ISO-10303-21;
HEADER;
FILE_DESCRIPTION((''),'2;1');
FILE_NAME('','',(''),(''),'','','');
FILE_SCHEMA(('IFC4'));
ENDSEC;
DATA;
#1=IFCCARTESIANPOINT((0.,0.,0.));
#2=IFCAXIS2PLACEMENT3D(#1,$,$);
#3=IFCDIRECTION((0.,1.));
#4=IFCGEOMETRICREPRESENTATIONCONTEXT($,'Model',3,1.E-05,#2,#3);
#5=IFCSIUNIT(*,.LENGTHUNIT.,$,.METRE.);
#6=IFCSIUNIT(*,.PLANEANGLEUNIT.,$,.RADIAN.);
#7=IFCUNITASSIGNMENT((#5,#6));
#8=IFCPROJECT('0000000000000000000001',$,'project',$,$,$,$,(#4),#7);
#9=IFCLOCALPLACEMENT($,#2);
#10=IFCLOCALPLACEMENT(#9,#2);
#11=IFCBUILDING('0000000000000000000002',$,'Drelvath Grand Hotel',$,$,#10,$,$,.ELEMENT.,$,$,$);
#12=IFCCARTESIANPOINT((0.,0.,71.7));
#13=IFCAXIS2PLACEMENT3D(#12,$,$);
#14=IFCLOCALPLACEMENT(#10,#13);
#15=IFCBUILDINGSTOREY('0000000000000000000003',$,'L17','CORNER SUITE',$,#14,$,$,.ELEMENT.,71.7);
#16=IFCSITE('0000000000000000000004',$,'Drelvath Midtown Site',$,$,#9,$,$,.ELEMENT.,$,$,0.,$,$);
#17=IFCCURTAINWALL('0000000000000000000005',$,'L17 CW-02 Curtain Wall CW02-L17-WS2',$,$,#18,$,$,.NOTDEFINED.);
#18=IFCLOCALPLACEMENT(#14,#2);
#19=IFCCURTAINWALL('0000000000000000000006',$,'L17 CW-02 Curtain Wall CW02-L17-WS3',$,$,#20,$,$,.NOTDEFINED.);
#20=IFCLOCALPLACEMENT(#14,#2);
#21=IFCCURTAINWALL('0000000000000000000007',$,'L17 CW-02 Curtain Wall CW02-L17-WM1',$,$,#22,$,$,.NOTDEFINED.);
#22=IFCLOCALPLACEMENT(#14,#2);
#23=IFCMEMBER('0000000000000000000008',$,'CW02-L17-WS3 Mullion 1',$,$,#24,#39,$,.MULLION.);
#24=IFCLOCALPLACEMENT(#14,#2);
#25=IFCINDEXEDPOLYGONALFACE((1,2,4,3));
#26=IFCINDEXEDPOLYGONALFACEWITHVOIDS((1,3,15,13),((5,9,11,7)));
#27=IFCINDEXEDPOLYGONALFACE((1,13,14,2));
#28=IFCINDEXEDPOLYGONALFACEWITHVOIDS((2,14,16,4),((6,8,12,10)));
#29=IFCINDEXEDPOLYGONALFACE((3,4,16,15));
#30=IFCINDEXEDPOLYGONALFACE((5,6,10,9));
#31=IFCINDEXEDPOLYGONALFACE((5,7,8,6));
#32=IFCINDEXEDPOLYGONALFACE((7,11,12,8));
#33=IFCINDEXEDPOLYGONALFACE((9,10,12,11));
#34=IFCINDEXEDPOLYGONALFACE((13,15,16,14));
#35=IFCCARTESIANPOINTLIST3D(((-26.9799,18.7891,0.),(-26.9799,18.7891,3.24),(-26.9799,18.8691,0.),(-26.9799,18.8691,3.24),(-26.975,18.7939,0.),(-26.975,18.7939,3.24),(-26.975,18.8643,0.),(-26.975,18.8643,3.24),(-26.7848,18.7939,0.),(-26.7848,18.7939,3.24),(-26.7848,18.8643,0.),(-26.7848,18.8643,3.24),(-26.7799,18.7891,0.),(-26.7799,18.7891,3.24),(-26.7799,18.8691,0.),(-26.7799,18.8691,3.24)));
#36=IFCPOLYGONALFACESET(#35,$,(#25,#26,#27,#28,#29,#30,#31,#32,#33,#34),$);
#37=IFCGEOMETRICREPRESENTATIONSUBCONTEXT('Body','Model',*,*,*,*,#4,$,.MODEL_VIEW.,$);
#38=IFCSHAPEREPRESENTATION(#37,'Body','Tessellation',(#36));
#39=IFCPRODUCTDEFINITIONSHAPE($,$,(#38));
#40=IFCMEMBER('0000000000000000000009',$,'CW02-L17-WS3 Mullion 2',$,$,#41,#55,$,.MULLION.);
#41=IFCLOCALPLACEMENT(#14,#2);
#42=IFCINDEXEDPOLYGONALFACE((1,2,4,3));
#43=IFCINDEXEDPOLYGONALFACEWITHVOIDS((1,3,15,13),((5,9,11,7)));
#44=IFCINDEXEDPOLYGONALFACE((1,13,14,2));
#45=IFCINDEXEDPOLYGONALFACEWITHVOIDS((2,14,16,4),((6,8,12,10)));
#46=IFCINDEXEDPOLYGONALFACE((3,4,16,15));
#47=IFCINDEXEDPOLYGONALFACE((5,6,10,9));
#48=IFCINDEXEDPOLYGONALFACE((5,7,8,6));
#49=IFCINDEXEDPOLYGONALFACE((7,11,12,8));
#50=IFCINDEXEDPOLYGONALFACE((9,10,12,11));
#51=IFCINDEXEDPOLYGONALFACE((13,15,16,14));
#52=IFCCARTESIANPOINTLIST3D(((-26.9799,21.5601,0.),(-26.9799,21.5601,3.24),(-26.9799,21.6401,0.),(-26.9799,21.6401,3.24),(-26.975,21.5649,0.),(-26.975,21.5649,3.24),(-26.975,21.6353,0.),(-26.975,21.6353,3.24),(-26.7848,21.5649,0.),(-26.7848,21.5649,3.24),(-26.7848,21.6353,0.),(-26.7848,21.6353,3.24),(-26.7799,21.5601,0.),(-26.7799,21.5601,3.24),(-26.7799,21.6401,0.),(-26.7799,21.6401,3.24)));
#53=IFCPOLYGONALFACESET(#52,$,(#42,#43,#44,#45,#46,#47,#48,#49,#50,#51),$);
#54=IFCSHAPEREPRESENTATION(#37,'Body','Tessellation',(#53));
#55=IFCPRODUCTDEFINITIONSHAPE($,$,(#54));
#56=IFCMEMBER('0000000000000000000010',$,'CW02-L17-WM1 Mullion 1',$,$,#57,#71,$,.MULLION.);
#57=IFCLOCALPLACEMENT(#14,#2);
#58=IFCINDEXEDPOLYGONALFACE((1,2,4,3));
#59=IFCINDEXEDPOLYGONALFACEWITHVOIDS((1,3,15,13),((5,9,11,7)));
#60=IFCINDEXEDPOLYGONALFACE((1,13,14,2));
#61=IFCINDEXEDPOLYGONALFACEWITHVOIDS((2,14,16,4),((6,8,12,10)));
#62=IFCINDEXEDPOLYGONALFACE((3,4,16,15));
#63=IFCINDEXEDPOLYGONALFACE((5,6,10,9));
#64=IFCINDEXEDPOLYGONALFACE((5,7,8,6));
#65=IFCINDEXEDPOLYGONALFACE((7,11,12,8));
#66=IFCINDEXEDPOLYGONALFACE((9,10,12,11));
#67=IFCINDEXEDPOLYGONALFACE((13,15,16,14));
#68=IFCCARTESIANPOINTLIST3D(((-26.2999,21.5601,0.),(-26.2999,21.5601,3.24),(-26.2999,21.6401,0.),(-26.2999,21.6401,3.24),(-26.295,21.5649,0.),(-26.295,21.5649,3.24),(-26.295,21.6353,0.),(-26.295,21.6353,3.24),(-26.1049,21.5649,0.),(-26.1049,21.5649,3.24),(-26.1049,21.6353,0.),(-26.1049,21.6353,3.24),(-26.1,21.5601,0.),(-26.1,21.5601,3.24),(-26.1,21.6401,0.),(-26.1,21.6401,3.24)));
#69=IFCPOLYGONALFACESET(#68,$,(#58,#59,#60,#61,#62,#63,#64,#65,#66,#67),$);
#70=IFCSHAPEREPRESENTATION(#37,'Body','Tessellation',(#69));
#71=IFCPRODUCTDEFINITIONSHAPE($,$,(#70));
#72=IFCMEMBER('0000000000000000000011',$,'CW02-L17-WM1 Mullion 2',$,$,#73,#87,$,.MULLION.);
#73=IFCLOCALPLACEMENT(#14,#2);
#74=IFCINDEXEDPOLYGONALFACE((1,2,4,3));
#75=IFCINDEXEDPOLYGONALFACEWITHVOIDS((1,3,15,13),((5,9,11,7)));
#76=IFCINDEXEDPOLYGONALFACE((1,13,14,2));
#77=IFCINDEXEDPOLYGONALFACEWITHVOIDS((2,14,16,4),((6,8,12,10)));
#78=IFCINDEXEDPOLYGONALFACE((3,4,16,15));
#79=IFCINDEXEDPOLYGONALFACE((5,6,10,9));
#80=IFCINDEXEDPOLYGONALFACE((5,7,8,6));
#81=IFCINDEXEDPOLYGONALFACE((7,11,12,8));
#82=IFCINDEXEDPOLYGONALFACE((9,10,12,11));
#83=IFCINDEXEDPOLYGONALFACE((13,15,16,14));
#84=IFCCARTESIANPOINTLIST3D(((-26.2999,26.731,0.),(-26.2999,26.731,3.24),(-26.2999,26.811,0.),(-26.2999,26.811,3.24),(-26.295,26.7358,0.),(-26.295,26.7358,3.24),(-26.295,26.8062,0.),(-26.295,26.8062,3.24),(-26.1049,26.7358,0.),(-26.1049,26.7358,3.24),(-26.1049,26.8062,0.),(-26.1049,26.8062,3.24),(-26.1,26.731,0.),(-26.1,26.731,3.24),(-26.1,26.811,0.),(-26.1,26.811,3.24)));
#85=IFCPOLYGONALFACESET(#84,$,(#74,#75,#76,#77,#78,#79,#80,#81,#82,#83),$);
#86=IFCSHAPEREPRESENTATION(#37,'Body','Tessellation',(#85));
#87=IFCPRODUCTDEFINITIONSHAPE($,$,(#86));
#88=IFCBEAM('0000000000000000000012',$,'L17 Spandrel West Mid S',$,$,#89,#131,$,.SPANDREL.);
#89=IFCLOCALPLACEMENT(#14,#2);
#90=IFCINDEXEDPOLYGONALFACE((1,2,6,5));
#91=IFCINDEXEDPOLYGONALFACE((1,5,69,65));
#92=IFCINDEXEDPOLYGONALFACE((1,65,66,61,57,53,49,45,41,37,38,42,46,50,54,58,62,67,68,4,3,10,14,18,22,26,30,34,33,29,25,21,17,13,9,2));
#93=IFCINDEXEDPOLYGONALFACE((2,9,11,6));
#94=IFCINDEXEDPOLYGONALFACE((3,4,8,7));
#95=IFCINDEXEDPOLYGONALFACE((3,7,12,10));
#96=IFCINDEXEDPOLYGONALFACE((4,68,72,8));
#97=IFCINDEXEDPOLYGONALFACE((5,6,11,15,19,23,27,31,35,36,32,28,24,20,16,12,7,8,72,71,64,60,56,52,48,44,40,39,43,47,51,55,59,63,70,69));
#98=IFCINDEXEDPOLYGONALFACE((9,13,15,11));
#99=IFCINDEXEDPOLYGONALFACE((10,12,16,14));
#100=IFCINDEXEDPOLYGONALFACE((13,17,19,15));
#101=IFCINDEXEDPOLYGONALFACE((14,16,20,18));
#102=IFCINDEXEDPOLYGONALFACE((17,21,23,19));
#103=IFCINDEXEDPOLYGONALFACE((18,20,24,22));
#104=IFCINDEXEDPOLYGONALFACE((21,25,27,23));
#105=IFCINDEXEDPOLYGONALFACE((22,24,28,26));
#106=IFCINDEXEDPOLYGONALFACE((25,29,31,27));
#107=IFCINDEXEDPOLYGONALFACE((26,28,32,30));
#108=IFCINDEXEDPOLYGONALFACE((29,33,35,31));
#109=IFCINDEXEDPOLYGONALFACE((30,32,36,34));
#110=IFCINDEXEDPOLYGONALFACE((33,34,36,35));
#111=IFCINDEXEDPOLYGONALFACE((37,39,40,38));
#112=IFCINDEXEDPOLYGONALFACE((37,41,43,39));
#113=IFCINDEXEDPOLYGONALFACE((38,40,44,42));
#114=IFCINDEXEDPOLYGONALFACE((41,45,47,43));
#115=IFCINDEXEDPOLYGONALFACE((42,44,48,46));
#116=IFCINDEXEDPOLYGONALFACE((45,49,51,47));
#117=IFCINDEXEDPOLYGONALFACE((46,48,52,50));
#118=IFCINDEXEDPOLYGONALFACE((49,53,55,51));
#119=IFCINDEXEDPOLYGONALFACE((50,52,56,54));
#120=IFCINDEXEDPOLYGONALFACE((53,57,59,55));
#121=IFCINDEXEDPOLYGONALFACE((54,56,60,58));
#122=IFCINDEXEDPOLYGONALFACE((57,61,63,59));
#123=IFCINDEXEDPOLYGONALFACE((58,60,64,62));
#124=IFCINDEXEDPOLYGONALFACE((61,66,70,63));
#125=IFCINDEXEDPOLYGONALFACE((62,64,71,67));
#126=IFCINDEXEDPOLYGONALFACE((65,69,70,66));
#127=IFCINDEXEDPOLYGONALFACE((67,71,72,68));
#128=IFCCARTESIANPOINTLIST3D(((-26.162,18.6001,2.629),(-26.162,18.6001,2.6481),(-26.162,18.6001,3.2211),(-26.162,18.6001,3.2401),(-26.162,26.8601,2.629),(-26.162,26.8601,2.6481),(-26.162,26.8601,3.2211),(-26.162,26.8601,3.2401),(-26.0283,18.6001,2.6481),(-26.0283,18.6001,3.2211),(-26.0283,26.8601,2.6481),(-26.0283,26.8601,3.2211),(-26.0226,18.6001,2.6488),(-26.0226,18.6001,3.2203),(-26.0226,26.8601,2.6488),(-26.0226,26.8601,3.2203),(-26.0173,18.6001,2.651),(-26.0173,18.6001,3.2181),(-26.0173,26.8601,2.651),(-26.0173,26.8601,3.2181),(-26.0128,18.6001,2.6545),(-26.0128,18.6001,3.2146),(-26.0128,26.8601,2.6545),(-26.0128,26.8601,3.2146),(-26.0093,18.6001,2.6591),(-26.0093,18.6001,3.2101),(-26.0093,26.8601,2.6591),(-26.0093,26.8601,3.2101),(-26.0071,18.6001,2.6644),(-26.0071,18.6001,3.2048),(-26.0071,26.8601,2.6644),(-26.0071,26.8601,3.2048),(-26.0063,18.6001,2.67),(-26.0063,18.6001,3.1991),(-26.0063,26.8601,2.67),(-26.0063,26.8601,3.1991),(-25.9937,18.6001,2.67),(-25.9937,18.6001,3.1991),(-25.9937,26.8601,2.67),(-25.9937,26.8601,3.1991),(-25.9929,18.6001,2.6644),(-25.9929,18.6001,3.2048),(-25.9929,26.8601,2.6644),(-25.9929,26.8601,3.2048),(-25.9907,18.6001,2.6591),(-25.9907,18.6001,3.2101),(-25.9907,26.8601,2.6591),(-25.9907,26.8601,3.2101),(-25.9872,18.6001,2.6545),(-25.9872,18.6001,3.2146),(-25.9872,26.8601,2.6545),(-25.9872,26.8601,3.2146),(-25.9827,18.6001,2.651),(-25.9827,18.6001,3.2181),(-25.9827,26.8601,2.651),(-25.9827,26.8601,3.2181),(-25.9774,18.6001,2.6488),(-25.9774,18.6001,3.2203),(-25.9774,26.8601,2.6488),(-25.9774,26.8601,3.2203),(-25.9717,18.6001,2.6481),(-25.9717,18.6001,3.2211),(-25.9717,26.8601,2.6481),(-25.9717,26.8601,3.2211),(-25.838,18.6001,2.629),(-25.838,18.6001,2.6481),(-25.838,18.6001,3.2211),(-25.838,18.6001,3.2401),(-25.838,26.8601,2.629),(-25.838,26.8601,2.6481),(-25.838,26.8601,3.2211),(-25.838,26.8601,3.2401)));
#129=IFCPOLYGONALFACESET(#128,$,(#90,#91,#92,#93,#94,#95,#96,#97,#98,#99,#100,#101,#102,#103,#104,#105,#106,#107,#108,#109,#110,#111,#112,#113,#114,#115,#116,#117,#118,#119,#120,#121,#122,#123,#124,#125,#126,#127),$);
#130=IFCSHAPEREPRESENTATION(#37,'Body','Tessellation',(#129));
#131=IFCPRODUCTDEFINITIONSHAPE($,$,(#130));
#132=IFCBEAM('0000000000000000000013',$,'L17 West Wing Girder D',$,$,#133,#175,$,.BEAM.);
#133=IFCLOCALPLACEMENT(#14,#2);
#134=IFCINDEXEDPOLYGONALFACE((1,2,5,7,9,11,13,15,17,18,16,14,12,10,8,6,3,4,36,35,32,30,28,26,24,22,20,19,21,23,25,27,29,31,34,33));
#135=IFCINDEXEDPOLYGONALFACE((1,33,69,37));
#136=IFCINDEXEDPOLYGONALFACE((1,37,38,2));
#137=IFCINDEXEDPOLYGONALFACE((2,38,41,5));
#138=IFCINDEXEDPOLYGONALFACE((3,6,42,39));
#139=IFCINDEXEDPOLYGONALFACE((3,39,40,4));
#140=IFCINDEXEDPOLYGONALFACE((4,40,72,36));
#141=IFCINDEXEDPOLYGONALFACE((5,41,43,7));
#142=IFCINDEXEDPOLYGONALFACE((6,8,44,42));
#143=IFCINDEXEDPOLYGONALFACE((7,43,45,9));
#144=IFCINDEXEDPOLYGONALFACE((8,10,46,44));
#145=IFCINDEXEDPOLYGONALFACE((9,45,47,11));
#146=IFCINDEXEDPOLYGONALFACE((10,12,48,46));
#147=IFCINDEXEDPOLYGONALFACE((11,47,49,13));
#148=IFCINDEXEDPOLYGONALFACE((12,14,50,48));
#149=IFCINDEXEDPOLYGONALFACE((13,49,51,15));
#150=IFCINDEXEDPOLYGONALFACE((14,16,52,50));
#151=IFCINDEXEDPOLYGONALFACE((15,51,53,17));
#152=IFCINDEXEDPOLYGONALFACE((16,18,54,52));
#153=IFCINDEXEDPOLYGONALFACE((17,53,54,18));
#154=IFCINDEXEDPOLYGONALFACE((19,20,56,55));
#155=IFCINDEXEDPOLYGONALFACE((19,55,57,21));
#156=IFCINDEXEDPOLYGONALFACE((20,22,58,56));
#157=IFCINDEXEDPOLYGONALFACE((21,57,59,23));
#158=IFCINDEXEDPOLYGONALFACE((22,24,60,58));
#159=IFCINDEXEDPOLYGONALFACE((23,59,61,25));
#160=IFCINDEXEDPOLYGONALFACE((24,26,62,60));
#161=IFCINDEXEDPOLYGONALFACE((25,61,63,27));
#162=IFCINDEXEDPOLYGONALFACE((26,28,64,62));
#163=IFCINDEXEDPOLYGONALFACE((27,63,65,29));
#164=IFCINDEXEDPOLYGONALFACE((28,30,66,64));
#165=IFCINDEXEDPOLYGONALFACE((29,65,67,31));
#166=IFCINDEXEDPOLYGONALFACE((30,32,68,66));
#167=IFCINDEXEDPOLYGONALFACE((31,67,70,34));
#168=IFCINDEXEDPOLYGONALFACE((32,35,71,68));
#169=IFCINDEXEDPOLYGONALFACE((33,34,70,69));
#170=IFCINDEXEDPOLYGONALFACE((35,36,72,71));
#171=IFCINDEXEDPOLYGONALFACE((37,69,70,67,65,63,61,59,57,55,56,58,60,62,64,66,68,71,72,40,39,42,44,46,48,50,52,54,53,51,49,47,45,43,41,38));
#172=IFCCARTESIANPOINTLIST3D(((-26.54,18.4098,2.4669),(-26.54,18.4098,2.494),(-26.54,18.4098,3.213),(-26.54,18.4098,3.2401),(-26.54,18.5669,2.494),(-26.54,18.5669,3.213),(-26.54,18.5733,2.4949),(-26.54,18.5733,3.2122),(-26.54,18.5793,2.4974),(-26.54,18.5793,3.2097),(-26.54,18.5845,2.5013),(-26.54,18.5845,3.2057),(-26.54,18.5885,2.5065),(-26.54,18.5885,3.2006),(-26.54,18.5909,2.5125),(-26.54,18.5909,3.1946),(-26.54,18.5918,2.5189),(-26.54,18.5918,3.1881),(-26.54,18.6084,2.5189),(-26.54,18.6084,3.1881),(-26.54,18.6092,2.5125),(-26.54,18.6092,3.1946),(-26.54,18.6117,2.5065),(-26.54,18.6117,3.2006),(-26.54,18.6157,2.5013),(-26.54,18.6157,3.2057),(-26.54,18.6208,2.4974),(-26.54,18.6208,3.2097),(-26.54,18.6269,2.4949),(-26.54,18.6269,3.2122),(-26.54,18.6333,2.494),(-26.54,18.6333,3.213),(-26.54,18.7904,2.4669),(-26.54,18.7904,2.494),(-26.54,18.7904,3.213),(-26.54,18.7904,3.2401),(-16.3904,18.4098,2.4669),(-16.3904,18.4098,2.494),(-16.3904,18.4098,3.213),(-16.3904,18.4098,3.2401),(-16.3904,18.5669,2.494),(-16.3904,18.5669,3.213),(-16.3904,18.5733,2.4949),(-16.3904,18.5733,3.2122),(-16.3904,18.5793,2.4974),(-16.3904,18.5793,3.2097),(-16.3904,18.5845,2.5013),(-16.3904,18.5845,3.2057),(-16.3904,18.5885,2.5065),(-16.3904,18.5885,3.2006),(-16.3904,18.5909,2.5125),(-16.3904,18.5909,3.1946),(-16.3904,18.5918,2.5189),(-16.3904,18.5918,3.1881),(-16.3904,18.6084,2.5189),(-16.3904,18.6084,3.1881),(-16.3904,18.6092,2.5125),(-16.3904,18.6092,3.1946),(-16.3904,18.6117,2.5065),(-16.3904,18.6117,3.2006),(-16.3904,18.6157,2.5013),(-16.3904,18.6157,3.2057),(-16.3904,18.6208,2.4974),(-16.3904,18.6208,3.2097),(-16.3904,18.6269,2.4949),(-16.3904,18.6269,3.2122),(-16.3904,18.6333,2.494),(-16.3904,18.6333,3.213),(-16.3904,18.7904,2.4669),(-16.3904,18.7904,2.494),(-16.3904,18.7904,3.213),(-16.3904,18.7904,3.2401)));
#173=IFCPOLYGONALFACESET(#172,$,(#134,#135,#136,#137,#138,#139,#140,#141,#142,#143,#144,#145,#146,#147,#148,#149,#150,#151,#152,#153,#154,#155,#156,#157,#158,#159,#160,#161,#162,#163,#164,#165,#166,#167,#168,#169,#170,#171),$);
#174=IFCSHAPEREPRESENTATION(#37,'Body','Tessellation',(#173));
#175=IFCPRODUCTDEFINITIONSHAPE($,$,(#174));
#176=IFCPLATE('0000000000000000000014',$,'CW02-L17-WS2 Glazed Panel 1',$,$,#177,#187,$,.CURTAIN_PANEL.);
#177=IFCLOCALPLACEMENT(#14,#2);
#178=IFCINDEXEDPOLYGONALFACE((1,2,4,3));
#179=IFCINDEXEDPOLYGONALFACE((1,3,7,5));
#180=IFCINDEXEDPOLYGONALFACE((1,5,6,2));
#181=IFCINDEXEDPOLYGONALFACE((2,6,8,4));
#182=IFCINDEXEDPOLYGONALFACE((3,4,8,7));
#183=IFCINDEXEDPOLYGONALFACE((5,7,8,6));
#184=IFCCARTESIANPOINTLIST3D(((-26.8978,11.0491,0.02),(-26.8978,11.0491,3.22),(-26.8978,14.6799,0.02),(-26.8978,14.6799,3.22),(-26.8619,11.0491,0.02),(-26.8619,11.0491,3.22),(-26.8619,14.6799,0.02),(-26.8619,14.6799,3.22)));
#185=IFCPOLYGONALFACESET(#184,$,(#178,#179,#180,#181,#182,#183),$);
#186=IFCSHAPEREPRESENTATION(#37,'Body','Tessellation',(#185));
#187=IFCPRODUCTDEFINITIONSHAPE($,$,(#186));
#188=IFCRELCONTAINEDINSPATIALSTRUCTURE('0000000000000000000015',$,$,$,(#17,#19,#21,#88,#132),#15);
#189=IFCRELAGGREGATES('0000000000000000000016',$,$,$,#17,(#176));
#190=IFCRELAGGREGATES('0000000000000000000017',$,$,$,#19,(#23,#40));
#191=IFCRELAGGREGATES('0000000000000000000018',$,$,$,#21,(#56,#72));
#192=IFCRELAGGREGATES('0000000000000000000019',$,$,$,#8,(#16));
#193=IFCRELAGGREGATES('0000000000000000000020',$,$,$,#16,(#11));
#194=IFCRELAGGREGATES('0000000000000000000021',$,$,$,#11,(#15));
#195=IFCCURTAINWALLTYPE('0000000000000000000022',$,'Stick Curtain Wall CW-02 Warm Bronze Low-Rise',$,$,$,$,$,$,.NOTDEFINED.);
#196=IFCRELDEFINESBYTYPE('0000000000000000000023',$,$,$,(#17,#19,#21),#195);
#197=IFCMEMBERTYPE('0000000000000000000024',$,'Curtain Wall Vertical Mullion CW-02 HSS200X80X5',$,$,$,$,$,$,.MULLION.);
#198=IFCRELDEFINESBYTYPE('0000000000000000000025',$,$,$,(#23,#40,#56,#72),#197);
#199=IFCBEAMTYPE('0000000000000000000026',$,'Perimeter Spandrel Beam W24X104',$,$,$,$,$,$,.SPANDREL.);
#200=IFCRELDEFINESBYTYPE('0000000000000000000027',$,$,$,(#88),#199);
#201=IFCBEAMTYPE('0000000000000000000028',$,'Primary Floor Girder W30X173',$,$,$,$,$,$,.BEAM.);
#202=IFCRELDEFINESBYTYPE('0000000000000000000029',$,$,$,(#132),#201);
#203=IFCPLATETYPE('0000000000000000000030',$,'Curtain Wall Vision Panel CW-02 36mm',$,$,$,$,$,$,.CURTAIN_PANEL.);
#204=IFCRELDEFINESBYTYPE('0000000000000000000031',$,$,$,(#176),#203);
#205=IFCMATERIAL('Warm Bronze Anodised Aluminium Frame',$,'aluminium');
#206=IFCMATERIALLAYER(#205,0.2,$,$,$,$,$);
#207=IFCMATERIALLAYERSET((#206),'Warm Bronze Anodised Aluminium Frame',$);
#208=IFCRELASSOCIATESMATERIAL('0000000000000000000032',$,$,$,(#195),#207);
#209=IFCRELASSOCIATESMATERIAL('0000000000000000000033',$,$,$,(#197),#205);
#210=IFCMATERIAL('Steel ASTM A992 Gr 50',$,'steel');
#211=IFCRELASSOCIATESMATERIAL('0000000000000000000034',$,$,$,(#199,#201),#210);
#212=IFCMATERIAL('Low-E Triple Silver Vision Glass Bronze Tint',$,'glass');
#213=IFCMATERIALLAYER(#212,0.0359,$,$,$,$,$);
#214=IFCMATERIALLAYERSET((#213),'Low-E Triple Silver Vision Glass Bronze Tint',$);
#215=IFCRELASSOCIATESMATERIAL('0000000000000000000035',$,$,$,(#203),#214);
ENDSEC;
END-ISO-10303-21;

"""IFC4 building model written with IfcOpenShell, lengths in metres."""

from ifc_helpers import new_model, si_unit, direction, frame, origin, origin_2d, place, context, subcontext, project, spatial, rectangle, hollow_rectangle, i_section, extrude, material, layer, layer_set, material_profile, profile_set, type_object, element, aggregate, save


model = new_model("IFC4")

# Units and contexts
model_context = context("Model", 3, precision=1e-05, world=origin(), true_north=direction((0.0, 1.0)))
body_context = subcontext(model_context, "Body", "Model", "MODEL_VIEW")
ifc_project = project(units=[si_unit("LENGTHUNIT", "METRE"), si_unit("PLANEANGLEUNIT", "RADIAN")], contexts=[model_context])

# Site, building, storey
site_placement = place(None, origin())
site = spatial("IfcSite", under=ifc_project, at=site_placement, Name="Drelvath Midtown Site", CompositionType="ELEMENT", RefElevation=0.0)
building_placement = place(site_placement, origin())
building = spatial("IfcBuilding", under=site, at=building_placement, Name="Drelvath Grand Hotel", CompositionType="ELEMENT")
storey_placement = place(building_placement, frame((0.0, 0.0, 71.7)))
storey = spatial("IfcBuildingStorey", under=building, at=storey_placement, Name="L17", Description="CORNER SUITE", CompositionType="ELEMENT", Elevation=71.7)

# Shared definitions
ifc_material_1 = material(Name="Steel ASTM A992 Gr 50", Category="steel")

# Curtain walls
ifc_material_2 = material(Name="Warm Bronze Anodised Aluminium Frame", Category="aluminium")
ifc_layer_1 = layer(ifc_material_2, 0.2)
ifc_layer_set_1 = layer_set([ifc_layer_1], Name="Warm Bronze Anodised Aluminium Frame")
curtain_wall_type = type_object("IfcCurtainWallType", Name="Stick Curtain Wall CW-02 Warm Bronze Low-Rise", PredefinedType="NOTDEFINED", material=ifc_layer_set_1)
curtain_wall_1_placement = place(storey_placement, origin())
curtain_wall_1 = element("IfcCurtainWall", 1, at=curtain_wall_1_placement, inside=storey, type_object=curtain_wall_type, Name="L17 CW-02 Curtain Wall CW02-L17-WS2", PredefinedType="NOTDEFINED")
curtain_wall_2_placement = place(storey_placement, origin())
curtain_wall_2 = element("IfcCurtainWall", 2, at=curtain_wall_2_placement, inside=storey, type_object=curtain_wall_type, Name="L17 CW-02 Curtain Wall CW02-L17-WS3", PredefinedType="NOTDEFINED")
curtain_wall_3_placement = place(storey_placement, origin())
curtain_wall_3 = element("IfcCurtainWall", 3, at=curtain_wall_3_placement, inside=storey, type_object=curtain_wall_type, Name="L17 CW-02 Curtain Wall CW02-L17-WM1", PredefinedType="NOTDEFINED")

# Members
ifc_material_profile_1 = material_profile(ifc_material_2, hollow_rectangle(XDim=0.0801, YDim=0.2, WallThickness=0.0049, at=origin_2d()), Name="HSS200X80X5")
ifc_profile_set_1 = profile_set([ifc_material_profile_1], Name="Warm Bronze Anodised Aluminium Frame")
member_type_1 = type_object("IfcMemberType", Name="Curtain Wall Vertical Mullion CW-02 HSS200X80X5", PredefinedType="MULLION", material=ifc_profile_set_1)
member_1_placement = place(storey_placement, frame((-26.8799, 18.8291, 0.0), z_axis=(0.0, 0.0, 1.0), x_axis=(0.0, 1.0, 0.0)))
member_1 = element("IfcMember", 4, at=member_1_placement, type_object=member_type_1, Name="CW02-L17-WS3 Mullion 1", PredefinedType="MULLION", context=body_context, shape_type="SweptSolid", body=[
    extrude(hollow_rectangle(XDim=0.0801, YDim=0.2, WallThickness=0.0049, at=origin_2d()), origin(), (0.0, 0.0, 1.0), 3.24),
])
member_2_placement = place(storey_placement, frame((-26.8799, 21.6001, 0.0), z_axis=(0.0, 0.0, 1.0), x_axis=(0.0, 1.0, 0.0)))
member_2 = element("IfcMember", 5, at=member_2_placement, type_object=member_type_1, Name="CW02-L17-WS3 Mullion 2", PredefinedType="MULLION", context=body_context, shape_type="SweptSolid", body=[
    extrude(hollow_rectangle(XDim=0.0801, YDim=0.2, WallThickness=0.0049, at=origin_2d()), origin(), (0.0, 0.0, 1.0), 3.24),
])
member_3_placement = place(storey_placement, frame((-26.2, 21.6001, 0.0), z_axis=(0.0, 0.0, 1.0), x_axis=(0.0, 1.0, 0.0)))
member_3 = element("IfcMember", 6, at=member_3_placement, type_object=member_type_1, Name="CW02-L17-WM1 Mullion 1", PredefinedType="MULLION", context=body_context, shape_type="SweptSolid", body=[
    extrude(hollow_rectangle(XDim=0.0801, YDim=0.2, WallThickness=0.0049, at=origin_2d()), origin(), (0.0, 0.0, 1.0), 3.24),
])
member_4_placement = place(storey_placement, frame((-26.2, 26.771, 0.0), z_axis=(0.0, 0.0, 1.0), x_axis=(0.0, 1.0, 0.0)))
member_4 = element("IfcMember", 7, at=member_4_placement, type_object=member_type_1, Name="CW02-L17-WM1 Mullion 2", PredefinedType="MULLION", context=body_context, shape_type="SweptSolid", body=[
    extrude(hollow_rectangle(XDim=0.0801, YDim=0.2, WallThickness=0.0049, at=origin_2d()), origin(), (0.0, 0.0, 1.0), 3.24),
])

# Beams
ifc_material_profile_2 = material_profile(ifc_material_1, i_section(OverallWidth=0.324, OverallDepth=0.6111, WebThickness=0.0127, FlangeThickness=0.019, FilletRadius=0.022, at=origin_2d()), Name="W24X104")
ifc_profile_set_2 = profile_set([ifc_material_profile_2], Name="Steel ASTM A992 Gr 50")
beam_type_1 = type_object("IfcBeamType", Name="Perimeter Spandrel Beam W24X104", PredefinedType="SPANDREL", material=ifc_profile_set_2)
beam_1_placement = place(storey_placement, frame((-26.0, 18.6001, 2.9346), z_axis=(0.0, 1.0, 0.0), x_axis=(-1.0, 0.0, 0.0)))
element("IfcBeam", 8, at=beam_1_placement, inside=storey, type_object=beam_type_1, Name="L17 Spandrel West Mid S", PredefinedType="SPANDREL", context=body_context, shape_type="SweptSolid", body=[
    extrude(i_section(OverallWidth=0.324, OverallDepth=0.6111, WebThickness=0.0127, FlangeThickness=0.019, FilletRadius=0.022, at=origin_2d()), origin(), (0.0, 0.0, 1.0), 8.26),
])
ifc_material_profile_3 = material_profile(ifc_material_1, i_section(OverallWidth=0.3806, OverallDepth=0.7732, WebThickness=0.0166, FlangeThickness=0.0271, FilletRadius=0.0249, at=origin_2d()), Name="W30X173")
ifc_profile_set_3 = profile_set([ifc_material_profile_3], Name="Steel ASTM A992 Gr 50")
beam_type_2 = type_object("IfcBeamType", Name="Primary Floor Girder W30X173", PredefinedType="BEAM", material=ifc_profile_set_3)
beam_2_placement = place(storey_placement, frame((-26.54, 18.6001, 2.8535), z_axis=(1.0, 0.0, 0.0), x_axis=(0.0, 1.0, 0.0)))
element("IfcBeam", 9, at=beam_2_placement, inside=storey, type_object=beam_type_2, Name="L17 West Wing Girder D", PredefinedType="BEAM", context=body_context, shape_type="SweptSolid", body=[
    extrude(i_section(OverallWidth=0.3806, OverallDepth=0.7732, WebThickness=0.0166, FlangeThickness=0.0271, FilletRadius=0.0249, at=origin_2d()), origin(), (0.0, 0.0, 1.0), 10.1497),
])

# Plate
ifc_material_3 = material(Name="Low-E Triple Silver Vision Glass Bronze Tint", Category="glass")
ifc_layer_2 = layer(ifc_material_3, 0.0359)
ifc_layer_set_2 = layer_set([ifc_layer_2], Name="Low-E Triple Silver Vision Glass Bronze Tint")
plate_type = type_object("IfcPlateType", Name="Curtain Wall Vision Panel CW-02 36mm", PredefinedType="CURTAIN_PANEL", material=ifc_layer_set_2)
plate_1_placement = place(storey_placement, frame((-26.8799, 12.8645, 0.02), z_axis=(0.0, 0.0, 1.0), x_axis=(0.0, 1.0, 0.0)))
plate_1 = element("IfcPlate", 10, at=plate_1_placement, type_object=plate_type, Name="CW02-L17-WS2 Glazed Panel 1", PredefinedType="CURTAIN_PANEL", context=body_context, shape_type="SweptSolid", body=[
    extrude(rectangle(XDim=3.6309, YDim=0.0359, at=origin_2d()), origin(), (0.0, 0.0, 1.0), 3.2),
])
aggregate(curtain_wall_1, [plate_1])
aggregate(curtain_wall_2, [member_1, member_2])
aggregate(curtain_wall_3, [member_3, member_4])

save(model, "model.ifc")
